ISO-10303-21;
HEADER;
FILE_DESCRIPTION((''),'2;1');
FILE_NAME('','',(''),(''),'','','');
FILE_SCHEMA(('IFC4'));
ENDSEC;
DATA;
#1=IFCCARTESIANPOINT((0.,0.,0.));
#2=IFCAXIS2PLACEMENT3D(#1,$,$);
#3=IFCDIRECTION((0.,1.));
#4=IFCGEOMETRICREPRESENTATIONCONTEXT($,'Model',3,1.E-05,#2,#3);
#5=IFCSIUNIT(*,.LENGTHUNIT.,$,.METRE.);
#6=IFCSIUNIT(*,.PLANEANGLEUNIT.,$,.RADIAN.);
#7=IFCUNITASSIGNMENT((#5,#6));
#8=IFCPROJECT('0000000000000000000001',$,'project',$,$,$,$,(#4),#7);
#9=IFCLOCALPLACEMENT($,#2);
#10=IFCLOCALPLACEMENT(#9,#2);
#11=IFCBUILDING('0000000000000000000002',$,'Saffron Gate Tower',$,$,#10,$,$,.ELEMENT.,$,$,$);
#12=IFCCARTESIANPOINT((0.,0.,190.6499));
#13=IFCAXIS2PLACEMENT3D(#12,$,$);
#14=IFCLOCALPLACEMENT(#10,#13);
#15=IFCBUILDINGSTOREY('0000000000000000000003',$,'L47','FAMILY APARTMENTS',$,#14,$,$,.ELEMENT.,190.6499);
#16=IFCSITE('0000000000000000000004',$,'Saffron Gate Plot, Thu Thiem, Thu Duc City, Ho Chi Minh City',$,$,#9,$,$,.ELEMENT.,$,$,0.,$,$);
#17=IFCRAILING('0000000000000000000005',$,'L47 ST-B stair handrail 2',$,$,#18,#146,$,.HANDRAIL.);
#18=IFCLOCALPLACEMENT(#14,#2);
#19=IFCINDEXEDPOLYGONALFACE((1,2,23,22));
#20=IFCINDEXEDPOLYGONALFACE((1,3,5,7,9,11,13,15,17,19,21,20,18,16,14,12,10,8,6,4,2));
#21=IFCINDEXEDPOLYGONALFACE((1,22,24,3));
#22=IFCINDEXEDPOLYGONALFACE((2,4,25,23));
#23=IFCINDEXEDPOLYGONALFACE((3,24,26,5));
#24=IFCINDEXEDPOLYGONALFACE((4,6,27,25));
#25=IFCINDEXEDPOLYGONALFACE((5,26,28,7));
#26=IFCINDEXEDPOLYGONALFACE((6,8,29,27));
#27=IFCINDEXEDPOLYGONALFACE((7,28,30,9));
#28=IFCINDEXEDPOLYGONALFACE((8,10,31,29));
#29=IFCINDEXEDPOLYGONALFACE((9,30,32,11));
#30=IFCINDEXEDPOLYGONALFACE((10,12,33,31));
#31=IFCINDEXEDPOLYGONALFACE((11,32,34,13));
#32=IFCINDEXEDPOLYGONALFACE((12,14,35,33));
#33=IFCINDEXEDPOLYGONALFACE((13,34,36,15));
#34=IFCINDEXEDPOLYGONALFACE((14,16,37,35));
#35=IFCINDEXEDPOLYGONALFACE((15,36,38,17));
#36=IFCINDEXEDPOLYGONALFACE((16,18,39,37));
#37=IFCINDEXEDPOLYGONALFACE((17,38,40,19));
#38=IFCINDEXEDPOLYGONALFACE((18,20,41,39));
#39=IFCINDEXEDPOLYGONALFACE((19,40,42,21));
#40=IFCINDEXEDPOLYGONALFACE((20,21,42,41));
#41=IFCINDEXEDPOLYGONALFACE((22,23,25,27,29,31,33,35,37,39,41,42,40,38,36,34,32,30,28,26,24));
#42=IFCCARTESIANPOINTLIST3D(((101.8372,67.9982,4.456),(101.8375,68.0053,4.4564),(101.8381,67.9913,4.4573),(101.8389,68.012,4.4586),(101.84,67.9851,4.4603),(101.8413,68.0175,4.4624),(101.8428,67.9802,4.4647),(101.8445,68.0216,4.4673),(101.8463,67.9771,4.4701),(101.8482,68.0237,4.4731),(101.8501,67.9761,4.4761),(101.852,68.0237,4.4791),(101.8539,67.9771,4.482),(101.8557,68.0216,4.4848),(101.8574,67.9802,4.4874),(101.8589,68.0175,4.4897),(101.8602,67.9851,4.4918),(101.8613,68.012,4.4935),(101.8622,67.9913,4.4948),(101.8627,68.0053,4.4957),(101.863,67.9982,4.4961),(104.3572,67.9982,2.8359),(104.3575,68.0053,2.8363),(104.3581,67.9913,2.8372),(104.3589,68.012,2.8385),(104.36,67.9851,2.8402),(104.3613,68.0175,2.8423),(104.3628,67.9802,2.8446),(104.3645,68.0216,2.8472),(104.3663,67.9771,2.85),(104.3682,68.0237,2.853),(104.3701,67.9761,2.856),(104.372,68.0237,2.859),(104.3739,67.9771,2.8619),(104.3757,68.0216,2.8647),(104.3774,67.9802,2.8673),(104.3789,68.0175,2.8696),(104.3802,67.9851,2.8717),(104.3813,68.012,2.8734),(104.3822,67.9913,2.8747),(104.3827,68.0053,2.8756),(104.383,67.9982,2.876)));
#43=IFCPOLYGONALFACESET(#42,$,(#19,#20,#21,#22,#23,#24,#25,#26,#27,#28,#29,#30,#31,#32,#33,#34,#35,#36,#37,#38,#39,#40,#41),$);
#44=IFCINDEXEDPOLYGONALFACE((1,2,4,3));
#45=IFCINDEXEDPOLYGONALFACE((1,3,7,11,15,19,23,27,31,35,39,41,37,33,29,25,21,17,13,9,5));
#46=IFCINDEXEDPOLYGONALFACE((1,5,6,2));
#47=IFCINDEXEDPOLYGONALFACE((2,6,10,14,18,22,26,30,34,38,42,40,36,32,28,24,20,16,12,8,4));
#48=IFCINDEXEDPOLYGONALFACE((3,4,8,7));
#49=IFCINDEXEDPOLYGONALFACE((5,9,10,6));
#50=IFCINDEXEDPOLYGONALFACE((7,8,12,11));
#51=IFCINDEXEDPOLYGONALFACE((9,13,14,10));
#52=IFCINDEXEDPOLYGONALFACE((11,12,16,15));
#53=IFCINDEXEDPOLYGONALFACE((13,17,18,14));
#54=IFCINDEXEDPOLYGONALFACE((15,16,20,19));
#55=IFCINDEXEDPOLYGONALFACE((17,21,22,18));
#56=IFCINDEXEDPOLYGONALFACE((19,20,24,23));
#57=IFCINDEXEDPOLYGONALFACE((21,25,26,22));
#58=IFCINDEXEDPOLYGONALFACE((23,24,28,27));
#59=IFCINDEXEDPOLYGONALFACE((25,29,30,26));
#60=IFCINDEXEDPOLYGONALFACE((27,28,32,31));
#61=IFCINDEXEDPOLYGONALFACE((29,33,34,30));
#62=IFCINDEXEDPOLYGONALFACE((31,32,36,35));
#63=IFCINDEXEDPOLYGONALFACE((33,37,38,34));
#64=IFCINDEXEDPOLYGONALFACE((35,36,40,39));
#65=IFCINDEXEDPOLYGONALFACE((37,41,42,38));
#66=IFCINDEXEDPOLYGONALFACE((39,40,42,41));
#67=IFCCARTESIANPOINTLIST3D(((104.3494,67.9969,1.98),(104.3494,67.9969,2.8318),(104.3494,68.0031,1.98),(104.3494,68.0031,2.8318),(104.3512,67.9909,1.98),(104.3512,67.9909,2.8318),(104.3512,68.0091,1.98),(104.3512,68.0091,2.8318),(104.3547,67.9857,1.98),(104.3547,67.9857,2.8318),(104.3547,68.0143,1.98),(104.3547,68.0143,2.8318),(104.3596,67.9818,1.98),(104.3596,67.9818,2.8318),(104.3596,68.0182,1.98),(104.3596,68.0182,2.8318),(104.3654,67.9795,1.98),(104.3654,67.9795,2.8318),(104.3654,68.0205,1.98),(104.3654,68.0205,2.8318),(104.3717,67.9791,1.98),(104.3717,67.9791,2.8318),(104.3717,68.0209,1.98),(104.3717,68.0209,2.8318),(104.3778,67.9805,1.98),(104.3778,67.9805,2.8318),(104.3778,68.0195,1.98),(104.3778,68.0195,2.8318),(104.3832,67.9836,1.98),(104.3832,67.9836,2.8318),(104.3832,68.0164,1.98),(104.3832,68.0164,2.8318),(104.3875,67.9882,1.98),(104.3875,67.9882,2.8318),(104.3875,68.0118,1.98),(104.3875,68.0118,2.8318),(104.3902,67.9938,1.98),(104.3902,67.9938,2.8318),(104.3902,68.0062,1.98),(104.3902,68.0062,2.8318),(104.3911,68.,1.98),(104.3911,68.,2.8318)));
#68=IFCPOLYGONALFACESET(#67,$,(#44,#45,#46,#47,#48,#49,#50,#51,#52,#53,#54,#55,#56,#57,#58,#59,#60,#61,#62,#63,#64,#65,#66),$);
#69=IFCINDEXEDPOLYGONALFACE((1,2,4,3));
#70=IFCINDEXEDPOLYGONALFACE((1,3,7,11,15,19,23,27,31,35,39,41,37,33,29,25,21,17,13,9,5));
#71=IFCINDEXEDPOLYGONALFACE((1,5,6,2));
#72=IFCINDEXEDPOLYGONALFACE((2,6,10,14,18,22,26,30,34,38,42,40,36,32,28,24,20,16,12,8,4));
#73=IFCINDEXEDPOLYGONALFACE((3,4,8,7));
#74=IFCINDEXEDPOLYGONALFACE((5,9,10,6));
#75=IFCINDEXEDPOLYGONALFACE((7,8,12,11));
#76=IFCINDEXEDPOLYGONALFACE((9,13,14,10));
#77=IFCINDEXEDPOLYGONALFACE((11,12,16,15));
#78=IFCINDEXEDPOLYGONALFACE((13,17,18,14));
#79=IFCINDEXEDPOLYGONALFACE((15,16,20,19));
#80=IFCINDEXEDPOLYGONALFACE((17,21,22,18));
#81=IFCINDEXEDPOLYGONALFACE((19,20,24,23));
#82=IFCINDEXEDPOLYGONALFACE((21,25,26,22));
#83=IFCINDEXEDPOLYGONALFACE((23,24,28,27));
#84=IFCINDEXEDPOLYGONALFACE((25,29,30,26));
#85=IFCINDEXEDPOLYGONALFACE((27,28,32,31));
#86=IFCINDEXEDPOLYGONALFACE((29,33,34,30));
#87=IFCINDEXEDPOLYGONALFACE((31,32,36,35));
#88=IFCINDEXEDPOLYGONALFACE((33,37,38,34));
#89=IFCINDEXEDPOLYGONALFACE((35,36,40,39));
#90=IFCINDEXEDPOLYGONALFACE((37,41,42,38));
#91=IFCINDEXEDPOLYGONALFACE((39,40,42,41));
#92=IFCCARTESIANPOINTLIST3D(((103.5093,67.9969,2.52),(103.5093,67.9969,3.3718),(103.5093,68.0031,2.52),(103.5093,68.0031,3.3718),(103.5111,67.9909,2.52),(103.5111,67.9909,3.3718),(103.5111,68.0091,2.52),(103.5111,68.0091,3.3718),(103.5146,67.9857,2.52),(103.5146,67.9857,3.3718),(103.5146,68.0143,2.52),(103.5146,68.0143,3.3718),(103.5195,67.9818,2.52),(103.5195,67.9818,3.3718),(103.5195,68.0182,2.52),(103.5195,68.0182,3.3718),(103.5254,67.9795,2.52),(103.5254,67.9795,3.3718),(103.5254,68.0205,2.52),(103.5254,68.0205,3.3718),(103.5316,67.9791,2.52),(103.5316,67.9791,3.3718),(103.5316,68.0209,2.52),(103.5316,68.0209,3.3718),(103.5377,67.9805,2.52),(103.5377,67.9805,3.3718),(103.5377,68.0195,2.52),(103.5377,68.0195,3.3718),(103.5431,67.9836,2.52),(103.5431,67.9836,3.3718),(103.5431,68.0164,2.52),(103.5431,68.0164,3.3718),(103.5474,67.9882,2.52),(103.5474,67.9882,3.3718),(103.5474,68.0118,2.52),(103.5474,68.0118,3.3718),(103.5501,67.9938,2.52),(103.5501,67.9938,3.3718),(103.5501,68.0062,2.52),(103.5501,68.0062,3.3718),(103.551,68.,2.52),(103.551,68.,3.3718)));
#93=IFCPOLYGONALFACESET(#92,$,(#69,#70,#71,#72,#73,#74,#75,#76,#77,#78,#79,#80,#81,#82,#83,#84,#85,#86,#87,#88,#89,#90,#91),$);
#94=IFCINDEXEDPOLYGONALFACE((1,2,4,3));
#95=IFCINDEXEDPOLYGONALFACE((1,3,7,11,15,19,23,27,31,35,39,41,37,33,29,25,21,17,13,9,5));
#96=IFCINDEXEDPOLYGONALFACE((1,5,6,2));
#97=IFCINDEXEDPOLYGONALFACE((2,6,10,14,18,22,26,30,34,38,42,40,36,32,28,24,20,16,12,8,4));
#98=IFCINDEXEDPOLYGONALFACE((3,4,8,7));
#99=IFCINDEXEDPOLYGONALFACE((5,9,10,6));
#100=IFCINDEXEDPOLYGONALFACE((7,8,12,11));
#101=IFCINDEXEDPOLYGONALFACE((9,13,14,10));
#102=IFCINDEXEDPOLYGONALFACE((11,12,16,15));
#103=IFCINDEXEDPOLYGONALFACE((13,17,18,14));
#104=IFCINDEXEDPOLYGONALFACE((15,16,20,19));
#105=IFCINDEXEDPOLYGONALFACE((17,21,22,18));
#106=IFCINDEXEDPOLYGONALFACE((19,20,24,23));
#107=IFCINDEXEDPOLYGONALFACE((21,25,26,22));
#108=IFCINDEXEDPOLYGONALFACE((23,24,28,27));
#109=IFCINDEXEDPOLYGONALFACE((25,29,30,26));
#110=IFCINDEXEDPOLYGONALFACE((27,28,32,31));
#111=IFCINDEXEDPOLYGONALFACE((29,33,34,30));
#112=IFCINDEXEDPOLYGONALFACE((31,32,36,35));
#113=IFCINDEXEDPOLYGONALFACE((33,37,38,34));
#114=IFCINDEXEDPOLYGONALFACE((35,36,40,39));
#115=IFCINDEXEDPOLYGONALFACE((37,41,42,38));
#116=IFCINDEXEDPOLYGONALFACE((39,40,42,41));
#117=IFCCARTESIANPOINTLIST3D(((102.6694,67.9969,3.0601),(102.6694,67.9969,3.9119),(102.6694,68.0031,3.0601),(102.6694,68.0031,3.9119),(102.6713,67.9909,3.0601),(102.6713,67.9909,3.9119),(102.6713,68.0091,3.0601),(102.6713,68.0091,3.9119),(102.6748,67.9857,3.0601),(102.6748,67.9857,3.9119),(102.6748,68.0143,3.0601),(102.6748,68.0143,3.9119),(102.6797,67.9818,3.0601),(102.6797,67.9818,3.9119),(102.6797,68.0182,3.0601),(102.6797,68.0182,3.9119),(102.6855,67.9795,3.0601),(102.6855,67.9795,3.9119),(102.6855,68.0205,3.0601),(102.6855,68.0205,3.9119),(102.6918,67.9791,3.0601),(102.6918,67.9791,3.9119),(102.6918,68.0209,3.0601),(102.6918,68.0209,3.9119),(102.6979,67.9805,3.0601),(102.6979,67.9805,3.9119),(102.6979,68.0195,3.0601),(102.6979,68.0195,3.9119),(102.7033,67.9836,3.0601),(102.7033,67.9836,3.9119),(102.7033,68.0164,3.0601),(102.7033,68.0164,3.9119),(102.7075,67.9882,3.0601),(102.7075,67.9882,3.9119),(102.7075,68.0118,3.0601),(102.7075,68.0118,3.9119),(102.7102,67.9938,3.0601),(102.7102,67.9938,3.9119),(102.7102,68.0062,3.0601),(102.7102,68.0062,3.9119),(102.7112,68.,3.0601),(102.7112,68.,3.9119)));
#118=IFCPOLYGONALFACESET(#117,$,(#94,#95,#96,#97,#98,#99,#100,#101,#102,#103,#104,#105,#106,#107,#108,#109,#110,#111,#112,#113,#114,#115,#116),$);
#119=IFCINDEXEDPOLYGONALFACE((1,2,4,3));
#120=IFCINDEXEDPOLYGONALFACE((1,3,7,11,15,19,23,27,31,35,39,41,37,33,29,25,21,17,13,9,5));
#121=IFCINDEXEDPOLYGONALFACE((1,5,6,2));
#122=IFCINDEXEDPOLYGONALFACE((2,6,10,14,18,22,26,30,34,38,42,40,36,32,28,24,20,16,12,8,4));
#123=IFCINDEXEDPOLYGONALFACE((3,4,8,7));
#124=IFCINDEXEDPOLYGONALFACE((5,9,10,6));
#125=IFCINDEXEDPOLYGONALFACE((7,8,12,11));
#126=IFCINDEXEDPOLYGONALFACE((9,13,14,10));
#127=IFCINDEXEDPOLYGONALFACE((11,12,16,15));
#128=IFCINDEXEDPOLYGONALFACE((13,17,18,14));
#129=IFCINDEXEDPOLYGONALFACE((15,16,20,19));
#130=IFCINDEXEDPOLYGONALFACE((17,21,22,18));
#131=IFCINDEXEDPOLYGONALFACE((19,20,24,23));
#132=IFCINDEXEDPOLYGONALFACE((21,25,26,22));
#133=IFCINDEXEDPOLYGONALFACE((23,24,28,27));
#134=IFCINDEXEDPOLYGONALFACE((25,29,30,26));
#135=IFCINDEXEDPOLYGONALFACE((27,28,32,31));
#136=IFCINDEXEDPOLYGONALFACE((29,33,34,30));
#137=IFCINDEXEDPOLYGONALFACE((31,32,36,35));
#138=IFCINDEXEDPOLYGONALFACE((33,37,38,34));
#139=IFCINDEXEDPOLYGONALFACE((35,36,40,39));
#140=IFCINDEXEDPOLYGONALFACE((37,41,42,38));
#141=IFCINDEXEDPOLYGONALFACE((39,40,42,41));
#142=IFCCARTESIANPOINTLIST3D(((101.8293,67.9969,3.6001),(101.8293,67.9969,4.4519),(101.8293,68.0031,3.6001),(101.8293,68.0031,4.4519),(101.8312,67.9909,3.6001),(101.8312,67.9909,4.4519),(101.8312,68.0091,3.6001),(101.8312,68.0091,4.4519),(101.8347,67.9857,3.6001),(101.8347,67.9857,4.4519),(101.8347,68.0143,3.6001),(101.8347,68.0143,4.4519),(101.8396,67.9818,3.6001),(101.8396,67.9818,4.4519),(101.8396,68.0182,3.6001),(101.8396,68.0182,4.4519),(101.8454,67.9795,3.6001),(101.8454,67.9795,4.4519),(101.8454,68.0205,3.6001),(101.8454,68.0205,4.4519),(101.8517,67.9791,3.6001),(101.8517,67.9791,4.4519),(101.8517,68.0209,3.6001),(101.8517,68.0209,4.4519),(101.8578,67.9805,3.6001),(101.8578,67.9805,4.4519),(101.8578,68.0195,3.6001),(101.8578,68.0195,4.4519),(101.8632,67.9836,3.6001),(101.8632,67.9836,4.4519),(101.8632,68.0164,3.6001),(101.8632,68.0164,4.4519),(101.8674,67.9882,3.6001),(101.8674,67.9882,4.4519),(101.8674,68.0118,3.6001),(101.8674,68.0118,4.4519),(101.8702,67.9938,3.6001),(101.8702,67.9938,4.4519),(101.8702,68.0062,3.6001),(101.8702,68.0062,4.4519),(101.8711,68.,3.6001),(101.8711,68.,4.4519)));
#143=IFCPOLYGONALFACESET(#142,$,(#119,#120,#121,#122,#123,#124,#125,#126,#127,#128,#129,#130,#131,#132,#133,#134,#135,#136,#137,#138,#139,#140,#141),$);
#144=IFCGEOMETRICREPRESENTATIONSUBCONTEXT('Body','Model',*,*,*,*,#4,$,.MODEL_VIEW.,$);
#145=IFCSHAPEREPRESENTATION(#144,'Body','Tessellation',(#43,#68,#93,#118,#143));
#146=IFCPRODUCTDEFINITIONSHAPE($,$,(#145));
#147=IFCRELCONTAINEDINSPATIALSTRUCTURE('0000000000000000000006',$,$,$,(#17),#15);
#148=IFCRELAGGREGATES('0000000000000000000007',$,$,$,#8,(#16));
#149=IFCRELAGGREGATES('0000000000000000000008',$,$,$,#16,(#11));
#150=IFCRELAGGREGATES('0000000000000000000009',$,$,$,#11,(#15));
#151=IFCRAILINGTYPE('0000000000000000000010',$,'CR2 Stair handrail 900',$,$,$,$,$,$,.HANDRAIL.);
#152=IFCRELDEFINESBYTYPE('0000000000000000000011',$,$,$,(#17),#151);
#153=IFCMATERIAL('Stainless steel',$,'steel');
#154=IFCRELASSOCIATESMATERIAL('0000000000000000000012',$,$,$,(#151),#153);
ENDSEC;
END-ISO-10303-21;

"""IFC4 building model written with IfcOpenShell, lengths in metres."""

from ifc_helpers import new_model, si_unit, direction, frame, origin, origin_2d, place, context, subcontext, project, spatial, circle, extrude, material, type_object, element, save


model = new_model("IFC4")

# Units and contexts
model_context = context("Model", 3, precision=1e-05, world=origin(), true_north=direction((0.0, 1.0)))
body_context = subcontext(model_context, "Body", "Model", "MODEL_VIEW")
ifc_project = project(units=[si_unit("LENGTHUNIT", "METRE"), si_unit("PLANEANGLEUNIT", "RADIAN")], contexts=[model_context])

# Site, building, storey
site_placement = place(None, origin())
site = spatial("IfcSite", under=ifc_project, at=site_placement, Name="Saffron Gate Plot, Thu Thiem, Thu Duc City, Ho Chi Minh City", CompositionType="ELEMENT", RefElevation=0.0)
building_placement = place(site_placement, origin())
building = spatial("IfcBuilding", under=site, at=building_placement, Name="Saffron Gate Tower", CompositionType="ELEMENT")
storey_placement = place(building_placement, frame((0.0, 0.0, 190.6499)))
storey = spatial("IfcBuildingStorey", under=building, at=storey_placement, Name="L47", Description="FAMILY APARTMENTS", CompositionType="ELEMENT", Elevation=190.6499)

# Railing
ifc_material_1 = material(Name="Stainless steel", Category="steel")
railing_type_1 = type_object("IfcRailingType", Name="CR2 Stair handrail 900", PredefinedType="HANDRAIL", material=ifc_material_1)
railing_1_placement = place(storey_placement, frame((104.3701, 68.0, 1.98)))
element("IfcRailing", 1, at=railing_1_placement, inside=storey, type_object=railing_type_1, Name="L47 ST-B stair handrail 2", PredefinedType="HANDRAIL", context=body_context, shape_type="SweptSolid", body=[
    extrude(circle(Radius=0.0239, at=origin_2d()), frame((0.0, 0.0, 0.876), z_axis=(-0.841163, 0.0, 0.540782), x_axis=(0.0, -1.0, 0.0)), (0.0, 0.0, 1.0), 2.9958),
    extrude(circle(Radius=0.021, at=origin_2d()), origin(), (0.0, 0.0, 1.0), 0.8518),
    extrude(circle(Radius=0.021, at=origin_2d()), frame((-0.8401, 0.0, 0.54)), (0.0, 0.0, 1.0), 0.8518),
    extrude(circle(Radius=0.021, at=origin_2d()), frame((-1.6799, 0.0, 1.0801)), (0.0, 0.0, 1.0), 0.8518),
    extrude(circle(Radius=0.021, at=origin_2d()), frame((-2.52, 0.0, 1.6201)), (0.0, 0.0, 1.0), 0.8518),
])

save(model, "model.ifc")
